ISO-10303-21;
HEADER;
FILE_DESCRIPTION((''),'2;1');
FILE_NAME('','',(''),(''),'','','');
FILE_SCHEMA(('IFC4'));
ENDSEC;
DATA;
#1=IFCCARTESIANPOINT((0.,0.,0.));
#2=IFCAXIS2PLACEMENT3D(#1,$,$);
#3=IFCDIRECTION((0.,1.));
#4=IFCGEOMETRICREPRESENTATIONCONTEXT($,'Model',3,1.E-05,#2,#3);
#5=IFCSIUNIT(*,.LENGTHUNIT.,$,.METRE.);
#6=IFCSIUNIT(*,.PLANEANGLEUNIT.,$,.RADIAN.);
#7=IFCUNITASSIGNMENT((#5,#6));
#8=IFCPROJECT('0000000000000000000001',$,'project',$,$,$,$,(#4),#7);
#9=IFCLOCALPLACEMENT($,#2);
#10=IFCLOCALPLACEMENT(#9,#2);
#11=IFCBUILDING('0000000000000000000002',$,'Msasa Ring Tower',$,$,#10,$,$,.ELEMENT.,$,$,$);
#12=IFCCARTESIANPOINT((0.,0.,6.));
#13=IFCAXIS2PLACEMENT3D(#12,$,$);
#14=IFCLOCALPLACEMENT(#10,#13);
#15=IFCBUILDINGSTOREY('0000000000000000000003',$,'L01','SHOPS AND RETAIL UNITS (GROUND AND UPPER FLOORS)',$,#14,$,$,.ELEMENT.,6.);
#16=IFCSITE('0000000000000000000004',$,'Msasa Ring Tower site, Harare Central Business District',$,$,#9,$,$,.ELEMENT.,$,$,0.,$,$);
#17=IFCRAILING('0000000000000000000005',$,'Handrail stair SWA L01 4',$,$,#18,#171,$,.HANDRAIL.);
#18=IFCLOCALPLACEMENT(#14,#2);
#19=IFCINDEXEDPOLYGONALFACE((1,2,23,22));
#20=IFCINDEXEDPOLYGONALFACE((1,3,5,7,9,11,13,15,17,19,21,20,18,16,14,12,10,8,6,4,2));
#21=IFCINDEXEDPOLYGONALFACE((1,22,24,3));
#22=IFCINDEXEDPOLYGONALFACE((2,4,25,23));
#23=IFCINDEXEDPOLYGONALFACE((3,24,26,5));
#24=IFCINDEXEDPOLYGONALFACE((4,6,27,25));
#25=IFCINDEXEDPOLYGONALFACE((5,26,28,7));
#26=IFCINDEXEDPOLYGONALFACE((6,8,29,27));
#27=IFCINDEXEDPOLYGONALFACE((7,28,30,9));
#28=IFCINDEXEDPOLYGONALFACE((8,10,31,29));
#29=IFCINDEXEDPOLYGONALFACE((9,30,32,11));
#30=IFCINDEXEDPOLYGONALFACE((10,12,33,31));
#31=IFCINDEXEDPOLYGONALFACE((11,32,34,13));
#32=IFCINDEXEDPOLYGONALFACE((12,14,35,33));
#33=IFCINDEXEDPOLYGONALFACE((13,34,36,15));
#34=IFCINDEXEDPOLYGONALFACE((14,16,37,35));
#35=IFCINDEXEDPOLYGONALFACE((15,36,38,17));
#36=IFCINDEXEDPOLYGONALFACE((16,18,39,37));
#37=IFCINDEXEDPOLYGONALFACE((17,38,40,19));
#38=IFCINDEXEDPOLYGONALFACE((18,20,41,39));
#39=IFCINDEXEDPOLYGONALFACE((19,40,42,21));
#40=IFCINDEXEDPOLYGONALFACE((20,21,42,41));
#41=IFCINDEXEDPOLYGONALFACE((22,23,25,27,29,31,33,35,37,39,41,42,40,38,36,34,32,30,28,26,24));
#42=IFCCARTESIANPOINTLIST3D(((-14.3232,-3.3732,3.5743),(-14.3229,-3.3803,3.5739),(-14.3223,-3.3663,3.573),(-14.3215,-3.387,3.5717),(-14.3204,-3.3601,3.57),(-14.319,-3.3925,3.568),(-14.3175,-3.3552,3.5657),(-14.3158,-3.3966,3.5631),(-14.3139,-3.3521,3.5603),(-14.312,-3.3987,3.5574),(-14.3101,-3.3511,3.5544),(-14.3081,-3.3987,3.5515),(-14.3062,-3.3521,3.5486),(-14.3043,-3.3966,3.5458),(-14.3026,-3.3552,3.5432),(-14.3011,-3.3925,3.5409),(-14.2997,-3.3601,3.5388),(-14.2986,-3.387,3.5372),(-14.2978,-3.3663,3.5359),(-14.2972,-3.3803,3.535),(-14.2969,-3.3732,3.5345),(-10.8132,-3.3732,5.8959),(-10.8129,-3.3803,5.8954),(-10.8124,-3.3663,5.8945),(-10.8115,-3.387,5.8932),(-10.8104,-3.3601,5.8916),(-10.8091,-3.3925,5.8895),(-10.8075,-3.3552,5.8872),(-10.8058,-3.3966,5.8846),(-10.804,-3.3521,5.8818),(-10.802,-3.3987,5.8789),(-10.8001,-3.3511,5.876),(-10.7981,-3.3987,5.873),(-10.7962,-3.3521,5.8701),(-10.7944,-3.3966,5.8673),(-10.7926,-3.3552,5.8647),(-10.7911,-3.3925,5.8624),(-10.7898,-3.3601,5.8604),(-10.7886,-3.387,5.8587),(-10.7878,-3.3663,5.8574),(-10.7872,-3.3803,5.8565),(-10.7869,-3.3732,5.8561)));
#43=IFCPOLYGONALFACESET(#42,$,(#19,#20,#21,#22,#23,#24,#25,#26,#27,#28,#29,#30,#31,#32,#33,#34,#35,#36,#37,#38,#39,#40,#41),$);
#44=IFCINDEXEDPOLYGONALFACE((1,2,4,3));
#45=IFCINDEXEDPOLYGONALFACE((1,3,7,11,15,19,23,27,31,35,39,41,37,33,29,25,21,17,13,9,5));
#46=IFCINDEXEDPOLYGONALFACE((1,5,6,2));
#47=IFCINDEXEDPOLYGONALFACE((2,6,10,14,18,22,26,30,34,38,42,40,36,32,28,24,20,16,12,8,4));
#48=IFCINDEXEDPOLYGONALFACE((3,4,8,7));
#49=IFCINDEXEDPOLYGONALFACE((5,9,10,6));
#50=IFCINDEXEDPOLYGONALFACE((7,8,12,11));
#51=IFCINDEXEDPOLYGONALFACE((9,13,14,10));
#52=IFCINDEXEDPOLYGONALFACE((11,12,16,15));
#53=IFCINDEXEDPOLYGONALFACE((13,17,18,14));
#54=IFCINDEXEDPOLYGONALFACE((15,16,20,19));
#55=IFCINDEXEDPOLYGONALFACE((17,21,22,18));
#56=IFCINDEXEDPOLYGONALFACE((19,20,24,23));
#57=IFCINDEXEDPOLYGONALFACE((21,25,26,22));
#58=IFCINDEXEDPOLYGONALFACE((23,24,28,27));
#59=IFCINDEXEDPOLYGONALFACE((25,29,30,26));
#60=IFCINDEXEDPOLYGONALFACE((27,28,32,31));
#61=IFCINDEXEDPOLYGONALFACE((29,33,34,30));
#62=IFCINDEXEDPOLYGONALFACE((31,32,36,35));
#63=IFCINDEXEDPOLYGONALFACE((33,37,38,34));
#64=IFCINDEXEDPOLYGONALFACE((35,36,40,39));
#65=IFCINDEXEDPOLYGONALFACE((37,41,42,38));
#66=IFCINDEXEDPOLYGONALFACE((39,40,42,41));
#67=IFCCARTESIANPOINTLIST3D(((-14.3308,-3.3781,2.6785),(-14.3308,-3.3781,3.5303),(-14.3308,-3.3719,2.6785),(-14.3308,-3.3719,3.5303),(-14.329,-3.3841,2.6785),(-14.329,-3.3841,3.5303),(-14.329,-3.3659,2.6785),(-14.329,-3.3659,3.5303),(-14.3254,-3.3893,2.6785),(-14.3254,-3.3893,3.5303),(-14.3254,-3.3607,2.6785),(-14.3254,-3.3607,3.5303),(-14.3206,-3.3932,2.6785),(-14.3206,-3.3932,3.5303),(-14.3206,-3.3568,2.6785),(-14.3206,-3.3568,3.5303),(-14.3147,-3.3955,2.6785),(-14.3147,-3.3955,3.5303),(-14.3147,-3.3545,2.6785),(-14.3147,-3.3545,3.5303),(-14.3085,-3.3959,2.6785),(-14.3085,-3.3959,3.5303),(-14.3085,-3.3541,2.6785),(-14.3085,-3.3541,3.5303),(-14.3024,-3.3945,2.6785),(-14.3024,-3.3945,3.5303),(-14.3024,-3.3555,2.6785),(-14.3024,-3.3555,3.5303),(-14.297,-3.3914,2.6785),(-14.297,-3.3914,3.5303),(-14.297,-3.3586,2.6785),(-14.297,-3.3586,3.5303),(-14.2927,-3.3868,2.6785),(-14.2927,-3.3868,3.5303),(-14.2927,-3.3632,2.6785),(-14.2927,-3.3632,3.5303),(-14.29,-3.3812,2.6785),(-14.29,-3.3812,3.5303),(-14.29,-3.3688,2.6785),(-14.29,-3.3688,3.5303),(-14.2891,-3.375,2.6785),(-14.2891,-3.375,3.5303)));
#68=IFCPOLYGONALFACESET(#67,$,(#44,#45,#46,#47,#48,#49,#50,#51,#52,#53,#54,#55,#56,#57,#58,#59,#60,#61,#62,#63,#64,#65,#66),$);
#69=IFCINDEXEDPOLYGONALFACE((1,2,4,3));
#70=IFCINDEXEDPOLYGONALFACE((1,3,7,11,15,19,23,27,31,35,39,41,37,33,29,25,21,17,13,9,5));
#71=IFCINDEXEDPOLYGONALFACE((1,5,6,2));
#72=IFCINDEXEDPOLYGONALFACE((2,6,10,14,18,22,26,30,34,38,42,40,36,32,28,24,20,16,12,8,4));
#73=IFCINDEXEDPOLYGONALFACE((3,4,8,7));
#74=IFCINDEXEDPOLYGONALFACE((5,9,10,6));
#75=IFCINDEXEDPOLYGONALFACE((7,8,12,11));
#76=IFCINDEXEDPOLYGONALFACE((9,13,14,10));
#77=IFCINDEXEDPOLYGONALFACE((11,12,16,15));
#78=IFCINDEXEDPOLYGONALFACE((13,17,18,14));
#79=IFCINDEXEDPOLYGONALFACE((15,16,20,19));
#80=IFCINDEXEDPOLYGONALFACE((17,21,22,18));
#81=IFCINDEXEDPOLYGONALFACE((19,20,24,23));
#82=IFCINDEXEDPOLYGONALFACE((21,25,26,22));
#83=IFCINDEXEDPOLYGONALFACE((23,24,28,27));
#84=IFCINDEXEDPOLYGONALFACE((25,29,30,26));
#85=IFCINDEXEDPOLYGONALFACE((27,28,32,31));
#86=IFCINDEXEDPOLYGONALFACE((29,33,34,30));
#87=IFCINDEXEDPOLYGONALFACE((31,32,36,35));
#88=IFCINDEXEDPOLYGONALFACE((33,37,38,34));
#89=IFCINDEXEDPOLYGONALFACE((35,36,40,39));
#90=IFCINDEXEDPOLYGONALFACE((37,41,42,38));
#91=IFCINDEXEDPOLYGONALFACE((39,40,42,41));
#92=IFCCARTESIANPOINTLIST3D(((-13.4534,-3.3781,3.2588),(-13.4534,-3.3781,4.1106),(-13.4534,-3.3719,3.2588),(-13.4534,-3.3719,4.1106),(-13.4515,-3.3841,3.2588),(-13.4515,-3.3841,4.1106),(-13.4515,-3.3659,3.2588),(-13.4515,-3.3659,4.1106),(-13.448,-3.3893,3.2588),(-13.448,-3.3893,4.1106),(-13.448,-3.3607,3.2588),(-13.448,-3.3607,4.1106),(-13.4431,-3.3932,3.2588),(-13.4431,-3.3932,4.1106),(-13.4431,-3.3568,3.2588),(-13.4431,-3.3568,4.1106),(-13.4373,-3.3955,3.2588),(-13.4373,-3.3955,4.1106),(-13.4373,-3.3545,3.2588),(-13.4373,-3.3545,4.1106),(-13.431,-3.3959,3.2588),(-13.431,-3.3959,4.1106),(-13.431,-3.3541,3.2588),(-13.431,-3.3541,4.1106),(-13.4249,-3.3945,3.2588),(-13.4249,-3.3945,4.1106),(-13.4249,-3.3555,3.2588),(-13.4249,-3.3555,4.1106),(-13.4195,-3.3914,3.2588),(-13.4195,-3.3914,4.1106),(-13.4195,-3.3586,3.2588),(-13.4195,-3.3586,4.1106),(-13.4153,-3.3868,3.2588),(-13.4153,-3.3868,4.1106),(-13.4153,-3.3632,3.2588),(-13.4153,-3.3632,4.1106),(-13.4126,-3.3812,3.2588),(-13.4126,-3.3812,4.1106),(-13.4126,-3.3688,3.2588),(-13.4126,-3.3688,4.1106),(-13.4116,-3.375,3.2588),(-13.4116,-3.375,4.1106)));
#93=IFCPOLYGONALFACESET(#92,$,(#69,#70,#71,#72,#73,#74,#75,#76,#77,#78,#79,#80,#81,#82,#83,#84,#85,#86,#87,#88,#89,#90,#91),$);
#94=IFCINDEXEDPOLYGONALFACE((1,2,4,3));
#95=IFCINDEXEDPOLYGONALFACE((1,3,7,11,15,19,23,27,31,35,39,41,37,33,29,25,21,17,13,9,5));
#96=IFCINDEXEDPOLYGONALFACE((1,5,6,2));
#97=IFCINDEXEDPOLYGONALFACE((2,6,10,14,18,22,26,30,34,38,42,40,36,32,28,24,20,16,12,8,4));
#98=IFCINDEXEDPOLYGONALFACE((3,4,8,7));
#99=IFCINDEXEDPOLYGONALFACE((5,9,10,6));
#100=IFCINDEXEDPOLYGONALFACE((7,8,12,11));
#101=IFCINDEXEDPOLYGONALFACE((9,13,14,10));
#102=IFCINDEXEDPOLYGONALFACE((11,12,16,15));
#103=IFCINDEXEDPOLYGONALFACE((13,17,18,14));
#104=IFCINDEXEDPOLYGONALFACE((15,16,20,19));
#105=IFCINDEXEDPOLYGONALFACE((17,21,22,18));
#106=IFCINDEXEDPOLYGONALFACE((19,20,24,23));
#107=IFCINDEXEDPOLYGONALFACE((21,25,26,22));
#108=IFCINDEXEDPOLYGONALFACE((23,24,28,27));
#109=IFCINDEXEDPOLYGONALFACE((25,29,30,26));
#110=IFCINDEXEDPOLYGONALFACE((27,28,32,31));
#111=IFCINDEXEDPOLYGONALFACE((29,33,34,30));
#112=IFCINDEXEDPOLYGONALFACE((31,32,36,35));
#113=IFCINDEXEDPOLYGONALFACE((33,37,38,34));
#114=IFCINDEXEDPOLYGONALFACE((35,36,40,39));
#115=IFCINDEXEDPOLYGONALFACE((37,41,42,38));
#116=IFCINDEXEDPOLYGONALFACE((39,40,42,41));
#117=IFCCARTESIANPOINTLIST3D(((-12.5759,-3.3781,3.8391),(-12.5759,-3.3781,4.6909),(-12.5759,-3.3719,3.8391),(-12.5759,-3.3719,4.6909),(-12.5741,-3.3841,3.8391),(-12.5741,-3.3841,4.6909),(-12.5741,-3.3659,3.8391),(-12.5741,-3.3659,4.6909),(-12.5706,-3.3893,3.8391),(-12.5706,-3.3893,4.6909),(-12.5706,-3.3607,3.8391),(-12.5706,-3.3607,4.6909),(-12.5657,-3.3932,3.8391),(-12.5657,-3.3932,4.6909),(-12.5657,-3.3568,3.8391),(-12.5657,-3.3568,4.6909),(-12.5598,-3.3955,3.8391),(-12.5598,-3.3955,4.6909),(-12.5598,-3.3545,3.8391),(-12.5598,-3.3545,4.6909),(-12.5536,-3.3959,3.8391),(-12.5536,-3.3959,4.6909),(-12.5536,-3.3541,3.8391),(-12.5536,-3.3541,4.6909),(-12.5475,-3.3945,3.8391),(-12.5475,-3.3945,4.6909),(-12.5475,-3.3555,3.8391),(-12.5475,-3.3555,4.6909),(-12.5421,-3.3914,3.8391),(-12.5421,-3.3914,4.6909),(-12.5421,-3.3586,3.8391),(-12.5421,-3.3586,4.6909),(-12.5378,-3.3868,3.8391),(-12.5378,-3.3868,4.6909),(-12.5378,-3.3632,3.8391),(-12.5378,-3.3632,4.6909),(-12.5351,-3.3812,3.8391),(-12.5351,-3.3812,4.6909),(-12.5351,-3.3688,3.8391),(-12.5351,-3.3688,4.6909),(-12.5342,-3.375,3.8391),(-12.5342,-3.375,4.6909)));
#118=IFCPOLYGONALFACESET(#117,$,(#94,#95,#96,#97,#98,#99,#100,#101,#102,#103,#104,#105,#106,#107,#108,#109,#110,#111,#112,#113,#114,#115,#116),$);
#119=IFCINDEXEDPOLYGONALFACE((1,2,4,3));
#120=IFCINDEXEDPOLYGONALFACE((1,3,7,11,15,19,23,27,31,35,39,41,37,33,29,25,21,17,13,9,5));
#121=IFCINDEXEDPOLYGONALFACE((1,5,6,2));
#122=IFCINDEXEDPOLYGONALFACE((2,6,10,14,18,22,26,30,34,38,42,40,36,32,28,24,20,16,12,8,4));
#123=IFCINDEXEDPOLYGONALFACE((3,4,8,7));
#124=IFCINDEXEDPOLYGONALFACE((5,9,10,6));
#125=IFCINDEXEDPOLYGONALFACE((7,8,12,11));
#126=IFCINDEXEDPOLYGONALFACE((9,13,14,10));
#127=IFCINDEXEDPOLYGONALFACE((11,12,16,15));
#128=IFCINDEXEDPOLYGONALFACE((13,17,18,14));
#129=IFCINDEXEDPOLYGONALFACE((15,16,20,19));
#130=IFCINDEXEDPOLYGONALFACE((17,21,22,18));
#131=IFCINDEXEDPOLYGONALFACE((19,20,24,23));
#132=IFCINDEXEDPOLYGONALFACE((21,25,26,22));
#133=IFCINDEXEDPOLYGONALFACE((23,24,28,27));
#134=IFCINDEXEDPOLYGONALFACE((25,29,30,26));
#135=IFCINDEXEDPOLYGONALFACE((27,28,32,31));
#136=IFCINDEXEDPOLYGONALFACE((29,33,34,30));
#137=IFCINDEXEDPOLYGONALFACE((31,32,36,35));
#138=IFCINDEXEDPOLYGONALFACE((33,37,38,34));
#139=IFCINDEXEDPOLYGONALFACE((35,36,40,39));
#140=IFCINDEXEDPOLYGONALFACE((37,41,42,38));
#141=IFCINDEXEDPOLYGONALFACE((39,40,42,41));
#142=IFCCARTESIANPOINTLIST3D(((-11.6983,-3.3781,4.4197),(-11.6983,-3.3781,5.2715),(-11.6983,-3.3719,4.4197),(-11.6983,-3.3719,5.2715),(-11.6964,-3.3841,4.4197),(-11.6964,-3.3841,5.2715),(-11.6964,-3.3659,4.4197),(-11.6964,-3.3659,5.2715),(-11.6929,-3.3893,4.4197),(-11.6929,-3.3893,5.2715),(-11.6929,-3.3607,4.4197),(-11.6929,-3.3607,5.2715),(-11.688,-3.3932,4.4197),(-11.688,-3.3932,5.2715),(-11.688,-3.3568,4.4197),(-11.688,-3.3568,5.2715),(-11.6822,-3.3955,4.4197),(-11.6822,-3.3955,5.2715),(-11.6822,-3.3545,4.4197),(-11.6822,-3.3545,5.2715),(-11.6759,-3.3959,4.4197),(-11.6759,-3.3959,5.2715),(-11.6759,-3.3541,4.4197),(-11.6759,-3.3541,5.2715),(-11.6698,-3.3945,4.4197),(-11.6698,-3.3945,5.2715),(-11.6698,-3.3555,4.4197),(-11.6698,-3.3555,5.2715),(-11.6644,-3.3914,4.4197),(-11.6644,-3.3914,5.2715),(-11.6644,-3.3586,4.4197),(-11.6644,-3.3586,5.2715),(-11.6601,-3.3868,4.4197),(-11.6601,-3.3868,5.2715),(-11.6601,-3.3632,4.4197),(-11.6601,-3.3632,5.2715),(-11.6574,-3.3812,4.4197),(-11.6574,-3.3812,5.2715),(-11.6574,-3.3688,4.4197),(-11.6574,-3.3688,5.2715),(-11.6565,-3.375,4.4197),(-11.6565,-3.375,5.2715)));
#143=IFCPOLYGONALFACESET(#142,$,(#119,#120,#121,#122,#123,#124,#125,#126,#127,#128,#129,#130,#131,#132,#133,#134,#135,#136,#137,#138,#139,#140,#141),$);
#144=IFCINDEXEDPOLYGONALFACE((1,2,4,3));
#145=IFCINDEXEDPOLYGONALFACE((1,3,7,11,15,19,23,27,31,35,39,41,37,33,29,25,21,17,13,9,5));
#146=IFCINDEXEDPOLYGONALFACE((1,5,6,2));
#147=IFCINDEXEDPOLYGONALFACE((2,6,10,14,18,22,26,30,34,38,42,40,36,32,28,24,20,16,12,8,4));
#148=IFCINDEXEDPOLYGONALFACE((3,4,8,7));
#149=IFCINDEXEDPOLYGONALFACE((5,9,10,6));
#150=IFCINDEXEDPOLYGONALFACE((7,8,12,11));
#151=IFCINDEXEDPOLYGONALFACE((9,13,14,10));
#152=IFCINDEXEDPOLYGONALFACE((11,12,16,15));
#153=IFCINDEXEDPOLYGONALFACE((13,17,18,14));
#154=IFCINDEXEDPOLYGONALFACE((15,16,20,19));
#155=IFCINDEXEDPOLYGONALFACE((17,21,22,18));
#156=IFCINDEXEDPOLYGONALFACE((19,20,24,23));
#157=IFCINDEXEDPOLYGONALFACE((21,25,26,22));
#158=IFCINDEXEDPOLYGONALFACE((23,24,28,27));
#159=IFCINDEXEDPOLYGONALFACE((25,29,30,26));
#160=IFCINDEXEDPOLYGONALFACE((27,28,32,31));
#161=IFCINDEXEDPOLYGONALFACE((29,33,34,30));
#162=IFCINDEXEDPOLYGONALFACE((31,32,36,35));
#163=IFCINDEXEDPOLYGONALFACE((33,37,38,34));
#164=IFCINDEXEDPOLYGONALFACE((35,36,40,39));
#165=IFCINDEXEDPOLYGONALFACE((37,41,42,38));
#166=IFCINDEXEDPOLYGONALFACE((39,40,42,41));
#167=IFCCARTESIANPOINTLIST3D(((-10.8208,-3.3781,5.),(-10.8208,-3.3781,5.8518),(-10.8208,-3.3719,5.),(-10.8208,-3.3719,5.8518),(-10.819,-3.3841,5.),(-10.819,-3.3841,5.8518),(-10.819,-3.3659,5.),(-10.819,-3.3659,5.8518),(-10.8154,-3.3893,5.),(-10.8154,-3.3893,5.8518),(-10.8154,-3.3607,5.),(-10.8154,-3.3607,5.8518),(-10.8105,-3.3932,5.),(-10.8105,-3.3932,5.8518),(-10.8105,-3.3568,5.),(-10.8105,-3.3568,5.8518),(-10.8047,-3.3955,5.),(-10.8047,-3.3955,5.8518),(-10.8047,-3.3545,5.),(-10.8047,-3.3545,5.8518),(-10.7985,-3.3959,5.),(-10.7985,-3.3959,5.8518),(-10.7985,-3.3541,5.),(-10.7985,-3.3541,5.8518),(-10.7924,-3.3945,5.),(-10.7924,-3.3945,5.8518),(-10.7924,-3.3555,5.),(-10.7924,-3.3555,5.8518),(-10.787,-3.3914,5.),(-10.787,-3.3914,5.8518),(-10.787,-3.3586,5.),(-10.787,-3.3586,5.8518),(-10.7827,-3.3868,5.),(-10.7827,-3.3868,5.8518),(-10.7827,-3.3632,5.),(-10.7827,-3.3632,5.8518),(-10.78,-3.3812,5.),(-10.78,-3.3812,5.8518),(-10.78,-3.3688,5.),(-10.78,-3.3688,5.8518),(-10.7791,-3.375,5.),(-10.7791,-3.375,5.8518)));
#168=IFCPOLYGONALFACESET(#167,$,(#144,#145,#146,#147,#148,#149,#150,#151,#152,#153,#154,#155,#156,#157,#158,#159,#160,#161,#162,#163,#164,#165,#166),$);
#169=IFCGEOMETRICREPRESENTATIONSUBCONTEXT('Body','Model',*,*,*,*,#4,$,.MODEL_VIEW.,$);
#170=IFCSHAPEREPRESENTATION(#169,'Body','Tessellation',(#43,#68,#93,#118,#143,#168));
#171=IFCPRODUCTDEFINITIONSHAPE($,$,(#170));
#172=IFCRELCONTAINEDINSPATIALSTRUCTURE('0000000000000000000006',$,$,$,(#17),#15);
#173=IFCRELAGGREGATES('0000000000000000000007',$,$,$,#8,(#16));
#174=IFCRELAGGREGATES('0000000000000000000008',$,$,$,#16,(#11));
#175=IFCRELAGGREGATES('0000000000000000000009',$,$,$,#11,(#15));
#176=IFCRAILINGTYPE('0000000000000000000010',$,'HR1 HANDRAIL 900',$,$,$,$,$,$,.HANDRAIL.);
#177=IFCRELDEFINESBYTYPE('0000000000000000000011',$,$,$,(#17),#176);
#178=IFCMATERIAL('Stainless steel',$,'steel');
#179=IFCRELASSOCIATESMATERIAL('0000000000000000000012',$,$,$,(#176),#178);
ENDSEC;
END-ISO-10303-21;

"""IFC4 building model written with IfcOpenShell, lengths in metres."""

from ifc_helpers import new_model, si_unit, direction, frame, origin, origin_2d, place, context, subcontext, project, spatial, circle, extrude, material, type_object, element, save


model = new_model("IFC4")

# Units and contexts
model_context = context("Model", 3, precision=1e-05, world=origin(), true_north=direction((0.0, 1.0)))
body_context = subcontext(model_context, "Body", "Model", "MODEL_VIEW")
ifc_project = project(units=[si_unit("LENGTHUNIT", "METRE"), si_unit("PLANEANGLEUNIT", "RADIAN")], contexts=[model_context])

# Site, building, storey
site_placement = place(None, origin())
site = spatial("IfcSite", under=ifc_project, at=site_placement, Name="Msasa Ring Tower site, Harare Central Business District", CompositionType="ELEMENT", RefElevation=0.0)
building_placement = place(site_placement, origin())
building = spatial("IfcBuilding", under=site, at=building_placement, Name="Msasa Ring Tower", CompositionType="ELEMENT")
storey_placement = place(building_placement, frame((0.0, 0.0, 6.0)))
storey = spatial("IfcBuildingStorey", under=building, at=storey_placement, Name="L01", Description="SHOPS AND RETAIL UNITS (GROUND AND UPPER FLOORS)", CompositionType="ELEMENT", Elevation=6.0)

# Railing
ifc_material_1 = material(Name="Stainless steel", Category="steel")
railing_type = type_object("IfcRailingType", Name="HR1 HANDRAIL 900", PredefinedType="HANDRAIL", material=ifc_material_1)
for number, where, name in (
    (1, (-14.3101, -3.375, 2.6785), "Handrail stair SWA L01 4"),
):
    element("IfcRailing", number, at=place(storey_placement, frame(where)), inside=storey, type_object=railing_type, Name=name, PredefinedType="HANDRAIL", context=body_context, shape_type="SweptSolid", body=[
        extrude(circle(Radius=0.0239, at=origin_2d()), frame((0.0, 0.0, 0.876), z_axis=(0.834071, 0.0, 0.551657), x_axis=(0.0, 1.0, 0.0)), (0.0, 0.0, 1.0), 4.2083),
        extrude(circle(Radius=0.021, at=origin_2d()), origin(), (0.0, 0.0, 1.0), 0.8518),
        extrude(circle(Radius=0.021, at=origin_2d()), frame((0.8774, 0.0, 0.5803)), (0.0, 0.0, 1.0), 0.8518),
        extrude(circle(Radius=0.021, at=origin_2d()), frame((1.7549, 0.0, 1.1606)), (0.0, 0.0, 1.0), 0.8518),
        extrude(circle(Radius=0.021, at=origin_2d()), frame((2.6326, 0.0, 1.7412)), (0.0, 0.0, 1.0), 0.8518),
        extrude(circle(Radius=0.021, at=origin_2d()), frame((3.51, 0.0, 2.3215)), (0.0, 0.0, 1.0), 0.8518),
    ])

save(model, "model.ifc")
